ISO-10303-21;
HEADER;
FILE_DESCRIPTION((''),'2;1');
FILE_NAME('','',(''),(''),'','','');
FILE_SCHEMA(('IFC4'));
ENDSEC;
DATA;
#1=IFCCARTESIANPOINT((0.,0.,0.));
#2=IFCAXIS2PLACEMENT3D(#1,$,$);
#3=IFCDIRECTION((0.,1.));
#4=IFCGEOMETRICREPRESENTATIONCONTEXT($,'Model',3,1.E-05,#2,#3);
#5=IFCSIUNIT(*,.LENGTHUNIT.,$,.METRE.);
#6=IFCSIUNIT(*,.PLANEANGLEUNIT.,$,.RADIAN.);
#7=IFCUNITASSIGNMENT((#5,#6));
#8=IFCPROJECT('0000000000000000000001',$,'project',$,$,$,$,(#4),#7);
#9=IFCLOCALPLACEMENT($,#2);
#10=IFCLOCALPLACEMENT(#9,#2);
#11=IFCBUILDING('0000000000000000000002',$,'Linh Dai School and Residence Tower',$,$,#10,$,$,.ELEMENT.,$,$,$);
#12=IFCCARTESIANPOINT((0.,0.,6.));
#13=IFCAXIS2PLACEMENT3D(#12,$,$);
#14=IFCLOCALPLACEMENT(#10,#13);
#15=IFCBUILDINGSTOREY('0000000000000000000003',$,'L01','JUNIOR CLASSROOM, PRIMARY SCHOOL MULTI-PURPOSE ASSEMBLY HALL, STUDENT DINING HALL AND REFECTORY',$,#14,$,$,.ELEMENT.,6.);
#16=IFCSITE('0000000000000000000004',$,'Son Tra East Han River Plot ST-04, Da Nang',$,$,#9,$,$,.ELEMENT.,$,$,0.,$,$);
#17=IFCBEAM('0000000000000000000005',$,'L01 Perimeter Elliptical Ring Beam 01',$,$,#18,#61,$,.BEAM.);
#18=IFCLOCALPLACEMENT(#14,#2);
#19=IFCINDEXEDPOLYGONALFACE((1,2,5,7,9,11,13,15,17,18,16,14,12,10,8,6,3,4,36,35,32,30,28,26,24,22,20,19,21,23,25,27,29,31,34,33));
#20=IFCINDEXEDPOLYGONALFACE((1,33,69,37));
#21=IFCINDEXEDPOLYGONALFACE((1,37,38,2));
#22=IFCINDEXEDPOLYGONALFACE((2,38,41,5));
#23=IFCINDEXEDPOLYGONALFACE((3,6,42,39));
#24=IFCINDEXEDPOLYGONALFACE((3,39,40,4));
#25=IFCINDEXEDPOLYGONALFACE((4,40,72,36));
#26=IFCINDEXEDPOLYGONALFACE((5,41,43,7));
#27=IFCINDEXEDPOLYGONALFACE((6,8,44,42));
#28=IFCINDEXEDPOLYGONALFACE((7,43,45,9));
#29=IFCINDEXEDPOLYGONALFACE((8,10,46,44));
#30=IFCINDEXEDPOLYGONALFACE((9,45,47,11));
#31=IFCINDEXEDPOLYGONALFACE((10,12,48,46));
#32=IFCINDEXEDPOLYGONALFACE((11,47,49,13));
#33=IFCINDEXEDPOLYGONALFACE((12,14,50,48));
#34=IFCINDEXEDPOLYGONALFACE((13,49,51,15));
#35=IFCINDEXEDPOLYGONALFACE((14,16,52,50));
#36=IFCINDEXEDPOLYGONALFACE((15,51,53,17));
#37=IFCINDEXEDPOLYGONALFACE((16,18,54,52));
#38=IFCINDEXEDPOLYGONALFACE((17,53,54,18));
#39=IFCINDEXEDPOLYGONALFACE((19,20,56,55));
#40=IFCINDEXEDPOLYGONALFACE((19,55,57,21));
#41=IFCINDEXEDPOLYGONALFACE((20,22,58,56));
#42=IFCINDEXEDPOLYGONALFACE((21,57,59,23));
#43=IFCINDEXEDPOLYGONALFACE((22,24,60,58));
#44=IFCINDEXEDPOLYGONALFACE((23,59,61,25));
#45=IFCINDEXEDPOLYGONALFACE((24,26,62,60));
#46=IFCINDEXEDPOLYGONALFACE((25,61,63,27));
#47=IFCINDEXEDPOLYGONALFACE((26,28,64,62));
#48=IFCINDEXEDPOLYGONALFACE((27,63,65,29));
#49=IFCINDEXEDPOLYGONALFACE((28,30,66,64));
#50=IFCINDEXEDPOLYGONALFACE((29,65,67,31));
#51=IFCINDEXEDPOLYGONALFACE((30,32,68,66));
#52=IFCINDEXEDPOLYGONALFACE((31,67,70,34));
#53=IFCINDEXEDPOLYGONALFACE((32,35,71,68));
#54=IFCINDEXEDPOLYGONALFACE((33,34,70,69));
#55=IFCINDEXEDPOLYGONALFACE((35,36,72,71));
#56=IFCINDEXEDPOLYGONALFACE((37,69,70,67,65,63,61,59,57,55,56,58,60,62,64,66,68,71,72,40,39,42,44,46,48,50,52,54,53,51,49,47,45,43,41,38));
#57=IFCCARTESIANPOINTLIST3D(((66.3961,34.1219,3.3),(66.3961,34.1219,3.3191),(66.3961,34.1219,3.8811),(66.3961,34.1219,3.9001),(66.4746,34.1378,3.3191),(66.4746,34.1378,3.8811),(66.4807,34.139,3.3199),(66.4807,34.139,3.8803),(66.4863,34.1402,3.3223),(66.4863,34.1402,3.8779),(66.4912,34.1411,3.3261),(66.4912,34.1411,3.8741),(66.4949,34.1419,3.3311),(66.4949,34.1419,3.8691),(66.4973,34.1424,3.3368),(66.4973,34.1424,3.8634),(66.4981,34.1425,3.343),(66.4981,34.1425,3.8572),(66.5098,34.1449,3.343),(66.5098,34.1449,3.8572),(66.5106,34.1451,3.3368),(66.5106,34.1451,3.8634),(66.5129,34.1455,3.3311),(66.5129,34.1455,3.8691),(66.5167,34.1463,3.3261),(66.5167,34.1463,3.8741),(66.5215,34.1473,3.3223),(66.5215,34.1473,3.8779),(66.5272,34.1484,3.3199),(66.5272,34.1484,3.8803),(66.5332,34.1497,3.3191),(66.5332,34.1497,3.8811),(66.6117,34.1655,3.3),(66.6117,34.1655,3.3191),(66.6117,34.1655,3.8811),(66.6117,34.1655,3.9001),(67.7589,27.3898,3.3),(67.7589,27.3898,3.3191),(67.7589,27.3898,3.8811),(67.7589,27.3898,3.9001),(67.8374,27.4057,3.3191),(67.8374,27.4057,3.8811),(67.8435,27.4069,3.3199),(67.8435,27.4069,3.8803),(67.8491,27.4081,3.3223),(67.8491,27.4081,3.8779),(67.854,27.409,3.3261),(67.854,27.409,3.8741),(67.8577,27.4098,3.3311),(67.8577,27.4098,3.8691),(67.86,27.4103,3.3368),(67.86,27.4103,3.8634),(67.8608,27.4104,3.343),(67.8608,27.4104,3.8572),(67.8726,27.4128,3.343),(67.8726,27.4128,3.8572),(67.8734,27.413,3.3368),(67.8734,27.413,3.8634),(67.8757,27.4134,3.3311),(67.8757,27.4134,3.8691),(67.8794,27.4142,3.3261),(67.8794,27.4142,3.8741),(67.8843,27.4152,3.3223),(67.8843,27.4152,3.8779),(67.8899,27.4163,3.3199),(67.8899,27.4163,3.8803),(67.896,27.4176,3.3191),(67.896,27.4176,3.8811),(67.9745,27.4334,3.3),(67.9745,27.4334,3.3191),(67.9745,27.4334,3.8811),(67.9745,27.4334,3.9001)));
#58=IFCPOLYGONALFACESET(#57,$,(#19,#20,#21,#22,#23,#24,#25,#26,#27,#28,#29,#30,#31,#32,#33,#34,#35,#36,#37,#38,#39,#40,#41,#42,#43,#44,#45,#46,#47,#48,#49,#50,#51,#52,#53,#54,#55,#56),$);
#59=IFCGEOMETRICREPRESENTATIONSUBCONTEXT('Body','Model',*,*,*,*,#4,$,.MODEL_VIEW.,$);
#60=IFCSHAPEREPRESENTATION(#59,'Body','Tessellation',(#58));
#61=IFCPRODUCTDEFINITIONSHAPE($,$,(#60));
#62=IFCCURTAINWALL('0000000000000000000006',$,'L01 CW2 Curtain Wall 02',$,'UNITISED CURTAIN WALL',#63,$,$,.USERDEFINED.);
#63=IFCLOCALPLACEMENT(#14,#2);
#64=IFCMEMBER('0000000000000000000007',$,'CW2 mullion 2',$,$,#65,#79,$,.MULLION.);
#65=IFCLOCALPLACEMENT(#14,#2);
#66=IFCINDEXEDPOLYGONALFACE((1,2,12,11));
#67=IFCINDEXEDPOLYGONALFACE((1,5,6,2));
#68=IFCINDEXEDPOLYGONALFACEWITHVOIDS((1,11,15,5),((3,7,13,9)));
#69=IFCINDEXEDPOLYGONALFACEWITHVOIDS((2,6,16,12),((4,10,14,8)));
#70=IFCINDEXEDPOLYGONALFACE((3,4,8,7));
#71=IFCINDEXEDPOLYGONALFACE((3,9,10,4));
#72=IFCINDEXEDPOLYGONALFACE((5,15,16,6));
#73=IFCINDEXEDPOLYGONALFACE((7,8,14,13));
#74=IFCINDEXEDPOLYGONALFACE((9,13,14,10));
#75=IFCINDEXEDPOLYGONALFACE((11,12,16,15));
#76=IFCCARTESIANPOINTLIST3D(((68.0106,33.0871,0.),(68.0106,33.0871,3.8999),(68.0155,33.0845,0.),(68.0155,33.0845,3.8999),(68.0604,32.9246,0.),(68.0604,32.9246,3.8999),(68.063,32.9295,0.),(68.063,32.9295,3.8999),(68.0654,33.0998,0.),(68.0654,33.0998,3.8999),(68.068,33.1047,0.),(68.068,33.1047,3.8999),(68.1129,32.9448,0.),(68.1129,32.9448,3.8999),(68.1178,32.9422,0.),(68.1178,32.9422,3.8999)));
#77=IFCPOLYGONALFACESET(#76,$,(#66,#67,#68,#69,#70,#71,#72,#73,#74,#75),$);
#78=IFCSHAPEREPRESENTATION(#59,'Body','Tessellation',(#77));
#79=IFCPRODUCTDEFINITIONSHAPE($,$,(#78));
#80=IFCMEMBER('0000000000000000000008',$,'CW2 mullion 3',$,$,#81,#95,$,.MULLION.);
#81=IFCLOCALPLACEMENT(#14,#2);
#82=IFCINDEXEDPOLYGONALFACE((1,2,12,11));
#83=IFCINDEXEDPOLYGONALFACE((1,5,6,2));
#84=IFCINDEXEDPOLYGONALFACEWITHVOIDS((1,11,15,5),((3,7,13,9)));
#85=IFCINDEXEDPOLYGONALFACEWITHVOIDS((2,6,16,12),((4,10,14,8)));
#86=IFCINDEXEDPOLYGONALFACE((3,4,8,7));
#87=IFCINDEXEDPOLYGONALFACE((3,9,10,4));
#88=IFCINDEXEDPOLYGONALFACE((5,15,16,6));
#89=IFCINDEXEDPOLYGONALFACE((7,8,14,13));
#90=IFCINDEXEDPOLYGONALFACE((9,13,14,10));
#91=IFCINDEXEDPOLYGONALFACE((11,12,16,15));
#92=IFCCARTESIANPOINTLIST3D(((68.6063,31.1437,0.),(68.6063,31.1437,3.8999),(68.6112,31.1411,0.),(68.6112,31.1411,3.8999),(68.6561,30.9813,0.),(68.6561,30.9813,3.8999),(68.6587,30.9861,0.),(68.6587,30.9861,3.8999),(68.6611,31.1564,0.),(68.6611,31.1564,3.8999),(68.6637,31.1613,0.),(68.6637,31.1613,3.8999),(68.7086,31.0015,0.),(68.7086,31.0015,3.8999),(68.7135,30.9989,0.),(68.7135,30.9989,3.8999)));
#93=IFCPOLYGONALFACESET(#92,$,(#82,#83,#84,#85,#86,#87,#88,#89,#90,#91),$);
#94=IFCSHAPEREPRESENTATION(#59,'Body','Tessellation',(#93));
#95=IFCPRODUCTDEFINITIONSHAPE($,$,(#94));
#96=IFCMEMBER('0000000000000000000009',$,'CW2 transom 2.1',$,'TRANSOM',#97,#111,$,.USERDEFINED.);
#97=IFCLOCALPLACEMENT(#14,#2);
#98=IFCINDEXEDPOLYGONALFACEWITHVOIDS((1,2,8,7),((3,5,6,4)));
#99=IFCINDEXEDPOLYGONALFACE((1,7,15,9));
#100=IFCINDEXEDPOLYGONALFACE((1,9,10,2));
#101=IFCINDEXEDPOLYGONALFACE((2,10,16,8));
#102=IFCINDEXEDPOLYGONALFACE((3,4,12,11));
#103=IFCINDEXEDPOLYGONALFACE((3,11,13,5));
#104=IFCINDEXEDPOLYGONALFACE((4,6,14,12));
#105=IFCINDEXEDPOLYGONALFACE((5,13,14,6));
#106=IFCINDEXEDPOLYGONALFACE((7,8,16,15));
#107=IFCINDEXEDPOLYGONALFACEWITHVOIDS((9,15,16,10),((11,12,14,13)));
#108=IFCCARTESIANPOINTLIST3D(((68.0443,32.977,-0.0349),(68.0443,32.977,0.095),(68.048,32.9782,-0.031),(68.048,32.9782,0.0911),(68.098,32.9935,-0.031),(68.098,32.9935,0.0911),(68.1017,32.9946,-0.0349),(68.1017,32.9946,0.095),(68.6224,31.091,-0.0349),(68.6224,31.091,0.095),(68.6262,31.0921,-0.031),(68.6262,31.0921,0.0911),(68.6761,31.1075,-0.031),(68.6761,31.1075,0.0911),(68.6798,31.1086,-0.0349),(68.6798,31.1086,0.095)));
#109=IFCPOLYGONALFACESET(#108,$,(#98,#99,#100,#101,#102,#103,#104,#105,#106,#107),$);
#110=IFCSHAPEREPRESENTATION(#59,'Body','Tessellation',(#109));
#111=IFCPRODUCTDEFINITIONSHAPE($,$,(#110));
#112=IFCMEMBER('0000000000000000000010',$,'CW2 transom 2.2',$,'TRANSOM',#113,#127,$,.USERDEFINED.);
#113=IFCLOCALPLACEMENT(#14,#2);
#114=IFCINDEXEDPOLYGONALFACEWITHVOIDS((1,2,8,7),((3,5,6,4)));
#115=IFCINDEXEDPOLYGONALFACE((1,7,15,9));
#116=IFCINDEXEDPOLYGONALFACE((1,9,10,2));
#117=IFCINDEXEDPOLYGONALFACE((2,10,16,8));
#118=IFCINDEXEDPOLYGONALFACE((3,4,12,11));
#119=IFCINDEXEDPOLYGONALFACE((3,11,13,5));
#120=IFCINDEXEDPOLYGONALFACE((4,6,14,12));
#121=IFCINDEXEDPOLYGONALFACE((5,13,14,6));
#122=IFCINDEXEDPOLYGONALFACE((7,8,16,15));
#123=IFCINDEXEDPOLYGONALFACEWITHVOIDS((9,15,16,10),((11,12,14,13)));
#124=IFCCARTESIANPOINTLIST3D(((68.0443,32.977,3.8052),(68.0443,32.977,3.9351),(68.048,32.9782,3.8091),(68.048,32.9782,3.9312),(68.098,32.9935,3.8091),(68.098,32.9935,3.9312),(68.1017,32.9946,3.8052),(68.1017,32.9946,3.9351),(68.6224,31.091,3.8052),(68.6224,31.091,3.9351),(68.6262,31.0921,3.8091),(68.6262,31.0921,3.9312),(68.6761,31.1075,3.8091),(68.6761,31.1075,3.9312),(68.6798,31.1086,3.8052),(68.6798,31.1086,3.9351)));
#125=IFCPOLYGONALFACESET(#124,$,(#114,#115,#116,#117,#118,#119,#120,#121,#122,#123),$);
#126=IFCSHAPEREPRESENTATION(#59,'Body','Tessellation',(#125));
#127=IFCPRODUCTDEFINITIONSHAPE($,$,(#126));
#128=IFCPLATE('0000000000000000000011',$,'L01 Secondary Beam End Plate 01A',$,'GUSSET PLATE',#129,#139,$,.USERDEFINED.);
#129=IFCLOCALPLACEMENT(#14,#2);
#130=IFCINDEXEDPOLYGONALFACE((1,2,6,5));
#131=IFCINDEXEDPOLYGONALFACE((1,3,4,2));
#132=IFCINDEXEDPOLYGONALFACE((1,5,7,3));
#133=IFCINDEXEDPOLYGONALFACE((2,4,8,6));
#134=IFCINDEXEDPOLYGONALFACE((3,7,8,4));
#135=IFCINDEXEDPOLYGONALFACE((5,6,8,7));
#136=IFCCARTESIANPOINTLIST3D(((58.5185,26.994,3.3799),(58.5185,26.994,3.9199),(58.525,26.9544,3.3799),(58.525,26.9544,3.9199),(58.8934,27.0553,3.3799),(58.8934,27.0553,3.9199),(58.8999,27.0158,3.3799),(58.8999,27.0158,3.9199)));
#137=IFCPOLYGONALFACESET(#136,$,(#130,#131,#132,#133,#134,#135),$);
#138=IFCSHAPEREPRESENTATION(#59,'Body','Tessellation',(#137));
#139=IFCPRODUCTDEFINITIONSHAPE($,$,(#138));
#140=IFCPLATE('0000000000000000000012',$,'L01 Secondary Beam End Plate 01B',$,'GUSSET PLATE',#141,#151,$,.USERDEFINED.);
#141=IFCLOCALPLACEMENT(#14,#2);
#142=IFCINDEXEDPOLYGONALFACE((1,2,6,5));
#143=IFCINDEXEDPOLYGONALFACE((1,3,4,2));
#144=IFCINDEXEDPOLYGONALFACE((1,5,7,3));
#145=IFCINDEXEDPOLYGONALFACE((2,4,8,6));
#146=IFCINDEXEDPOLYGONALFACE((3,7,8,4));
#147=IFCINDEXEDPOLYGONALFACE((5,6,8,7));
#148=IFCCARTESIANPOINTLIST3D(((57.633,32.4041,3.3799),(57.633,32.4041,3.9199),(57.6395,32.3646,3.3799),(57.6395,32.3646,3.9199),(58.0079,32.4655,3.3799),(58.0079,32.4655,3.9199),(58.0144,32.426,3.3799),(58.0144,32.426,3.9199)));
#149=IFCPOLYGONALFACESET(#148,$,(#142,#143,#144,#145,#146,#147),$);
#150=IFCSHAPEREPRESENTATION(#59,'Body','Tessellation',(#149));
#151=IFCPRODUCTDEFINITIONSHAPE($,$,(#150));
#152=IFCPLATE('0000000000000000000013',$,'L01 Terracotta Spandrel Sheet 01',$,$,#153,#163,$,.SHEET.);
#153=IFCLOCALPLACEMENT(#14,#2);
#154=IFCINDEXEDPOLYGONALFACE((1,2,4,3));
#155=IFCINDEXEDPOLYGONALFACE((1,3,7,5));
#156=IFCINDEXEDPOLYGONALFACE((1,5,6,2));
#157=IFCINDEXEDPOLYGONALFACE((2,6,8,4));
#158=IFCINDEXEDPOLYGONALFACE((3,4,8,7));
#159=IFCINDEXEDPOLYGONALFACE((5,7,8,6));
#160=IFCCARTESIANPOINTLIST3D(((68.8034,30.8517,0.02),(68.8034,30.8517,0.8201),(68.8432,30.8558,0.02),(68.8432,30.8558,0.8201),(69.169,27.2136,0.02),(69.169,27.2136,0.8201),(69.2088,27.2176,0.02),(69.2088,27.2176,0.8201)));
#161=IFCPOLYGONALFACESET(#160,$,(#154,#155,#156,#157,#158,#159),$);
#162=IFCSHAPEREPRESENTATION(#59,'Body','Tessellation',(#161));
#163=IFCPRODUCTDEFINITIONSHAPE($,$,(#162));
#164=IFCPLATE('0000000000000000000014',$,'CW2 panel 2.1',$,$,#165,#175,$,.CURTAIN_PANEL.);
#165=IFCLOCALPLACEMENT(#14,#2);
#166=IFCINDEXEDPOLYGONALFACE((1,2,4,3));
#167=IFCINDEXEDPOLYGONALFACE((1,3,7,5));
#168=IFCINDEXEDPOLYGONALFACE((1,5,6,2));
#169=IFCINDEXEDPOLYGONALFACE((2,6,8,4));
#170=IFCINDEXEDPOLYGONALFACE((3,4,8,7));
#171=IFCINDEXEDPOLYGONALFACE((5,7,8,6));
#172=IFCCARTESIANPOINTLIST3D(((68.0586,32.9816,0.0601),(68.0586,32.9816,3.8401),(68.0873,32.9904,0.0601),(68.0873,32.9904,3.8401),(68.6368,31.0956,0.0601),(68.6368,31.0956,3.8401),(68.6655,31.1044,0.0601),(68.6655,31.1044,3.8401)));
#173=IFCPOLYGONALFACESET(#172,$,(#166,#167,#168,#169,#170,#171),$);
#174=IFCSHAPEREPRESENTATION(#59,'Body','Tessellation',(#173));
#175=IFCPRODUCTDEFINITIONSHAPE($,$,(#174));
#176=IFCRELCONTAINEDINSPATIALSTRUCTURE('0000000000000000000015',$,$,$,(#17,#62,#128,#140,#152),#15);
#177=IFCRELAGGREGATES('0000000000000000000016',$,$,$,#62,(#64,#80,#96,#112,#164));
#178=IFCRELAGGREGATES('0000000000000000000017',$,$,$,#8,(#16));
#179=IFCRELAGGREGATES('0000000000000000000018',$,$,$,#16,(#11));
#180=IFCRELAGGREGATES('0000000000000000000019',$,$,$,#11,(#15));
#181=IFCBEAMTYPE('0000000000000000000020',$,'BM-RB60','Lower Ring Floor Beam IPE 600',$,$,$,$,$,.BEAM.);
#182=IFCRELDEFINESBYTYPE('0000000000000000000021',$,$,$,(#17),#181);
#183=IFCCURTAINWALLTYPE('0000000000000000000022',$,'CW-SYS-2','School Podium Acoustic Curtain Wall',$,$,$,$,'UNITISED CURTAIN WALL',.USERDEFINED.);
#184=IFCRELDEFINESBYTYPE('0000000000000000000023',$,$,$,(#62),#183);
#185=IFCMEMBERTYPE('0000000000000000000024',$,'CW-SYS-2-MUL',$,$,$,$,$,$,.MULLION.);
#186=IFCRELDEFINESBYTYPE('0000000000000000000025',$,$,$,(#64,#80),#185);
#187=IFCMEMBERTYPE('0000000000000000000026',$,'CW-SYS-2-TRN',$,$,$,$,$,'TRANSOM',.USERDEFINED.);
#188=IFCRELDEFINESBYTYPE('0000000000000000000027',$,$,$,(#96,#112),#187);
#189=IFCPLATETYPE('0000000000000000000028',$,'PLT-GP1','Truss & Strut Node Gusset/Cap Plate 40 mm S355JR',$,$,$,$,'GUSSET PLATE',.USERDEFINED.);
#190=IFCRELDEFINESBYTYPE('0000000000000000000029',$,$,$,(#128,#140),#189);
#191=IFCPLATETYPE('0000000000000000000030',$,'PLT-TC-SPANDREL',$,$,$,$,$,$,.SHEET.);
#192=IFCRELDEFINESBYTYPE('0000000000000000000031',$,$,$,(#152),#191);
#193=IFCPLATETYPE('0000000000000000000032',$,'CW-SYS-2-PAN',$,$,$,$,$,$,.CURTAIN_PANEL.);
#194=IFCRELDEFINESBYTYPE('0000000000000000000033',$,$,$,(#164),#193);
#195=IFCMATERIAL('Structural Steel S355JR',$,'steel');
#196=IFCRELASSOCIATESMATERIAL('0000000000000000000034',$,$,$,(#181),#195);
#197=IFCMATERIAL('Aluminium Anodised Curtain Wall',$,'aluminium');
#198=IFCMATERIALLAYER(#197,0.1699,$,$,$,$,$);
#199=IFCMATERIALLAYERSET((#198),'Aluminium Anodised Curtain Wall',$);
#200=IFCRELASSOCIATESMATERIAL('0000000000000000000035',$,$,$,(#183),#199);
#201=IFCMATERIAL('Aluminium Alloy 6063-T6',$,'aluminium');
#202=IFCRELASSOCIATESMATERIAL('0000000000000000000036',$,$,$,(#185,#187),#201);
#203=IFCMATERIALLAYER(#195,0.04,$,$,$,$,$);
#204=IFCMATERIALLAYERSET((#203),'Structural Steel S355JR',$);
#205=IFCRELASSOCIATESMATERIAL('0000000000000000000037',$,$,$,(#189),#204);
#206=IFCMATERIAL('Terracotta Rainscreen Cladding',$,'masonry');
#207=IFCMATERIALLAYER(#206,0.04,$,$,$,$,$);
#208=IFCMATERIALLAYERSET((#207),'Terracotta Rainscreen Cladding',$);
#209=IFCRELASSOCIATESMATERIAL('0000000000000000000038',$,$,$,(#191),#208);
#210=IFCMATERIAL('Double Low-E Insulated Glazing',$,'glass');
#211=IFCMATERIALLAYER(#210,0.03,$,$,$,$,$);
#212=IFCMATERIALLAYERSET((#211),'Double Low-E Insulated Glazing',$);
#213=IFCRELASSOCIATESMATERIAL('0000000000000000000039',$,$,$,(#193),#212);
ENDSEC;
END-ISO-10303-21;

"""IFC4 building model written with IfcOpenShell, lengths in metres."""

from ifc_helpers import new_model, si_unit, direction, frame, origin, origin_2d, place, context, subcontext, project, spatial, rectangle, hollow_rectangle, i_section, extrude, source, transform, mapped, material, layer, layer_set, material_profile, profile_set, type_object, element, aggregate, save


model = new_model("IFC4")

# Units and contexts
model_context = context("Model", 3, precision=1e-05, world=origin(), true_north=direction((0.0, 1.0)))
body_context = subcontext(model_context, "Body", "Model", "MODEL_VIEW")
ifc_project = project(units=[si_unit("LENGTHUNIT", "METRE"), si_unit("PLANEANGLEUNIT", "RADIAN")], contexts=[model_context])

# Site, building, storey
site_placement = place(None, origin())
site = spatial("IfcSite", under=ifc_project, at=site_placement, Name="Son Tra East Han River Plot ST-04, Da Nang", CompositionType="ELEMENT", RefElevation=0.0)
building_placement = place(site_placement, origin())
building = spatial("IfcBuilding", under=site, at=building_placement, Name="Linh Dai School and Residence Tower", CompositionType="ELEMENT")
storey_placement = place(building_placement, frame((0.0, 0.0, 6.0)))
storey = spatial("IfcBuildingStorey", under=building, at=storey_placement, Name="L01", Description="JUNIOR CLASSROOM, PRIMARY SCHOOL MULTI-PURPOSE ASSEMBLY HALL, STUDENT DINING HALL AND REFECTORY", CompositionType="ELEMENT", Elevation=6.0)

# Shared definitions
ifc_material_1 = material(Name="Structural Steel S355JR", Category="steel")

# Beam
ifc_material_profile_1 = material_profile(ifc_material_1, i_section(OverallWidth=0.22, OverallDepth=0.6001, WebThickness=0.012, FlangeThickness=0.019, FilletRadius=0.0239, at=origin_2d()), Name="IPE 600")
ifc_profile_set_1 = profile_set([ifc_material_profile_1], Name="Structural Steel S355JR")
beam_type_1 = type_object("IfcBeamType", Name="BM-RB60", Description="Lower Ring Floor Beam IPE 600", PredefinedType="BEAM", material=ifc_profile_set_1)
beam_1_placement = place(storey_placement, frame((67.8667, 27.4116, 3.6001), z_axis=(-0.198405, 0.98012, 0.0), x_axis=(-0.98012, -0.198405, 0.0)))
element("IfcBeam", 1, at=beam_1_placement, inside=storey, type_object=beam_type_1, Name="L01 Perimeter Elliptical Ring Beam 01", PredefinedType="BEAM", context=body_context, shape_type="SweptSolid", body=[
    extrude(i_section(OverallWidth=0.22, OverallDepth=0.6001, WebThickness=0.012, FlangeThickness=0.019, FilletRadius=0.0239, at=origin_2d()), origin(), (0.0, 0.0, 1.0), 6.8687),
])

# Curtain wall, members
ifc_material_2 = material(Name="Aluminium Anodised Curtain Wall", Category="aluminium")
ifc_layer_1 = layer(ifc_material_2, 0.1699)
ifc_layer_set_1 = layer_set([ifc_layer_1], Name="Aluminium Anodised Curtain Wall")
curtain_wall_type = type_object("IfcCurtainWallType", Name="CW-SYS-2", Description="School Podium Acoustic Curtain Wall", ElementType="UNITISED CURTAIN WALL", PredefinedType="USERDEFINED", material=ifc_layer_set_1)
curtain_wall_placement = place(storey_placement, origin())
curtain_wall = element("IfcCurtainWall", 2, at=curtain_wall_placement, inside=storey, type_object=curtain_wall_type, Name="L01 CW2 Curtain Wall 02", ObjectType="UNITISED CURTAIN WALL", PredefinedType="USERDEFINED")
ifc_material_3 = material(Name="Aluminium Alloy 6063-T6", Category="aluminium")
ifc_material_profile_2 = material_profile(ifc_material_3, hollow_rectangle(XDim=0.0601, YDim=0.1699, WallThickness=0.0039, at=origin_2d()), Name="RHS 170x60x4")
ifc_profile_set_2 = profile_set([ifc_material_profile_2], Name="Aluminium Alloy 6063-T6")
member_type_1 = type_object("IfcMemberType", Name="CW-SYS-2-MUL", PredefinedType="MULLION", material=ifc_profile_set_2)
shared_shape_1 = source(origin(), body_context, "Body", "SweptSolid", [
    extrude(hollow_rectangle(XDim=0.0601, YDim=0.1699, WallThickness=0.0039, at=origin_2d()), origin(), (0.0, 0.0, 1.0), 3.8999),
])
member_1_placement = place(storey_placement, frame((68.0642, 33.0146, 0.0), z_axis=(0.0, 0.0, 1.0), x_axis=(0.956081, 0.293104, 0.0)))
member_1 = element("IfcMember", 3, at=member_1_placement, type_object=member_type_1, Name="CW2 mullion 2", PredefinedType="MULLION", context=body_context, shape_type="MappedRepresentation", body=[
    mapped(shared_shape_1, transform((0.0, 0.0, 0.0), x_axis=(1.0, 0.0, 0.0), y_axis=(0.0, 1.0, 0.0), z_axis=(0.0, 0.0, 1.0), scale=1.0)),
])
member_2_placement = place(storey_placement, frame((68.6599, 31.0713, 0.0), z_axis=(0.0, 0.0, 1.0), x_axis=(0.956081, 0.293104, 0.0)))
member_2 = element("IfcMember", 4, at=member_2_placement, type_object=member_type_1, Name="CW2 mullion 3", PredefinedType="MULLION", context=body_context, shape_type="MappedRepresentation", body=[
    mapped(shared_shape_1, transform((0.0, 0.0, 0.0), x_axis=(1.0, 0.0, 0.0), y_axis=(0.0, 1.0, 0.0), z_axis=(0.0, 0.0, 1.0), scale=1.0)),
])
ifc_material_profile_3 = material_profile(ifc_material_3, hollow_rectangle(XDim=0.0601, YDim=0.1299, WallThickness=0.0039, at=origin_2d()), Name="RHS 130x60x4")
ifc_profile_set_3 = profile_set([ifc_material_profile_3], Name="Aluminium Alloy 6063-T6")
member_type_2 = type_object("IfcMemberType", Name="CW-SYS-2-TRN", ElementType="TRANSOM", PredefinedType="USERDEFINED", material=ifc_profile_set_3)
shared_shape_2 = source(origin(), body_context, "Body", "SweptSolid", [
    extrude(hollow_rectangle(XDim=0.0601, YDim=0.1299, WallThickness=0.0039, at=origin_2d()), origin(), (0.0, 0.0, 1.0), 1.9727),
])
member_3_placement = place(storey_placement, frame((68.073, 32.9858, 0.03), z_axis=(0.293077, -0.956089, 0.0), x_axis=(0.956089, 0.293077, 0.0)))
member_3 = element("IfcMember", 5, at=member_3_placement, type_object=member_type_2, Name="CW2 transom 2.1", ObjectType="TRANSOM", PredefinedType="USERDEFINED", context=body_context, shape_type="MappedRepresentation", body=[
    mapped(shared_shape_2, transform((0.0, 0.0, 0.0), x_axis=(1.0, 0.0, 0.0), y_axis=(0.0, 1.0, 0.0), z_axis=(0.0, 0.0, 1.0), scale=1.0)),
])
member_4_placement = place(storey_placement, frame((68.073, 32.9858, 3.8701), z_axis=(0.293077, -0.956089, 0.0), x_axis=(0.956089, 0.293077, 0.0)))
member_4 = element("IfcMember", 6, at=member_4_placement, type_object=member_type_2, Name="CW2 transom 2.2", ObjectType="TRANSOM", PredefinedType="USERDEFINED", context=body_context, shape_type="MappedRepresentation", body=[
    mapped(shared_shape_2, transform((0.0, 0.0, 0.0), x_axis=(1.0, 0.0, 0.0), y_axis=(0.0, 1.0, 0.0), z_axis=(0.0, 0.0, 1.0), scale=1.0)),
])

# Plates
ifc_layer_2 = layer(ifc_material_1, 0.04)
ifc_layer_set_2 = layer_set([ifc_layer_2], Name="Structural Steel S355JR")
plate_type_1 = type_object("IfcPlateType", Name="PLT-GP1", Description="Truss & Strut Node Gusset/Cap Plate 40 mm S355JR", ElementType="GUSSET PLATE", PredefinedType="USERDEFINED", material=ifc_layer_set_2)
shared_shape_3 = source(origin(), body_context, "Body", "SweptSolid", [
    extrude(rectangle(XDim=0.04, YDim=0.3799, at=origin_2d()), origin(), (0.0, 0.0, 1.0), 0.54),
])
for number, where, z_axis, x_axis, name in (
    (7, (58.7092, 27.0049, 3.3799), (0.0, 0.0, 1.0), (-0.161522, 0.986869, 0.0), "L01 Secondary Beam End Plate 01A"),
    (8, (57.8237, 32.415, 3.3799), (0.0, 0.0, 1.0), (-0.161522, 0.986869, 0.0), "L01 Secondary Beam End Plate 01B"),
):
    element("IfcPlate", number, at=place(storey_placement, frame(where, z_axis=z_axis, x_axis=x_axis)), inside=storey, type_object=plate_type_1, Name=name, ObjectType="GUSSET PLATE", PredefinedType="USERDEFINED", context=body_context, shape_type="MappedRepresentation", body=[
        mapped(shared_shape_3, transform((0.0, 0.0, 0.0), x_axis=(1.0, 0.0, 0.0), y_axis=(0.0, 1.0, 0.0), z_axis=(0.0, 0.0, 1.0), scale=1.0)),
    ])
ifc_material_4 = material(Name="Terracotta Rainscreen Cladding", Category="masonry")
ifc_layer_3 = layer(ifc_material_4, 0.04)
ifc_layer_set_3 = layer_set([ifc_layer_3], Name="Terracotta Rainscreen Cladding")
plate_type_2 = type_object("IfcPlateType", Name="PLT-TC-SPANDREL", PredefinedType="SHEET", material=ifc_layer_set_3)
shared_shape_4 = source(origin(), body_context, "Body", "SweptSolid", [
    extrude(rectangle(XDim=3.6565, YDim=0.04, at=origin_2d()), origin(), (0.0, 0.0, 1.0), 0.8),
])
plate_1_placement = place(storey_placement, frame((69.0061, 29.0347, 0.02), z_axis=(0.0, 0.0, 1.0), x_axis=(0.099995, -0.994988, 0.0)))
element("IfcPlate", 9, at=plate_1_placement, inside=storey, type_object=plate_type_2, Name="L01 Terracotta Spandrel Sheet 01", PredefinedType="SHEET", context=body_context, shape_type="MappedRepresentation", body=[
    mapped(shared_shape_4, transform((0.0, 0.0, 0.0), x_axis=(1.0, 0.0, 0.0), y_axis=(0.0, 1.0, 0.0), z_axis=(0.0, 0.0, 1.0), scale=1.0)),
])

# Plate
ifc_material_5 = material(Name="Double Low-E Insulated Glazing", Category="glass")
ifc_layer_4 = layer(ifc_material_5, 0.03)
ifc_layer_set_4 = layer_set([ifc_layer_4], Name="Double Low-E Insulated Glazing")
plate_type_3 = type_object("IfcPlateType", Name="CW-SYS-2-PAN", PredefinedType="CURTAIN_PANEL", material=ifc_layer_set_4)
shared_shape_5 = source(origin(), body_context, "Body", "SweptSolid", [
    extrude(rectangle(XDim=1.9727, YDim=0.03, at=origin_2d()), origin(), (0.0, 0.0, 1.0), 3.78),
])
plate_2_placement = place(storey_placement, frame((68.3621, 32.043, 0.0601), z_axis=(0.0, 0.0, 1.0), x_axis=(0.293104, -0.956081, 0.0)))
plate_2 = element("IfcPlate", 10, at=plate_2_placement, type_object=plate_type_3, Name="CW2 panel 2.1", PredefinedType="CURTAIN_PANEL", context=body_context, shape_type="MappedRepresentation", body=[
    mapped(shared_shape_5, transform((0.0, 0.0, 0.0), x_axis=(1.0, 0.0, 0.0), y_axis=(0.0, 1.0, 0.0), z_axis=(0.0, 0.0, 1.0), scale=1.0)),
])
aggregate(curtain_wall, [member_1, member_2, member_3, member_4, plate_2])

save(model, "model.ifc")
